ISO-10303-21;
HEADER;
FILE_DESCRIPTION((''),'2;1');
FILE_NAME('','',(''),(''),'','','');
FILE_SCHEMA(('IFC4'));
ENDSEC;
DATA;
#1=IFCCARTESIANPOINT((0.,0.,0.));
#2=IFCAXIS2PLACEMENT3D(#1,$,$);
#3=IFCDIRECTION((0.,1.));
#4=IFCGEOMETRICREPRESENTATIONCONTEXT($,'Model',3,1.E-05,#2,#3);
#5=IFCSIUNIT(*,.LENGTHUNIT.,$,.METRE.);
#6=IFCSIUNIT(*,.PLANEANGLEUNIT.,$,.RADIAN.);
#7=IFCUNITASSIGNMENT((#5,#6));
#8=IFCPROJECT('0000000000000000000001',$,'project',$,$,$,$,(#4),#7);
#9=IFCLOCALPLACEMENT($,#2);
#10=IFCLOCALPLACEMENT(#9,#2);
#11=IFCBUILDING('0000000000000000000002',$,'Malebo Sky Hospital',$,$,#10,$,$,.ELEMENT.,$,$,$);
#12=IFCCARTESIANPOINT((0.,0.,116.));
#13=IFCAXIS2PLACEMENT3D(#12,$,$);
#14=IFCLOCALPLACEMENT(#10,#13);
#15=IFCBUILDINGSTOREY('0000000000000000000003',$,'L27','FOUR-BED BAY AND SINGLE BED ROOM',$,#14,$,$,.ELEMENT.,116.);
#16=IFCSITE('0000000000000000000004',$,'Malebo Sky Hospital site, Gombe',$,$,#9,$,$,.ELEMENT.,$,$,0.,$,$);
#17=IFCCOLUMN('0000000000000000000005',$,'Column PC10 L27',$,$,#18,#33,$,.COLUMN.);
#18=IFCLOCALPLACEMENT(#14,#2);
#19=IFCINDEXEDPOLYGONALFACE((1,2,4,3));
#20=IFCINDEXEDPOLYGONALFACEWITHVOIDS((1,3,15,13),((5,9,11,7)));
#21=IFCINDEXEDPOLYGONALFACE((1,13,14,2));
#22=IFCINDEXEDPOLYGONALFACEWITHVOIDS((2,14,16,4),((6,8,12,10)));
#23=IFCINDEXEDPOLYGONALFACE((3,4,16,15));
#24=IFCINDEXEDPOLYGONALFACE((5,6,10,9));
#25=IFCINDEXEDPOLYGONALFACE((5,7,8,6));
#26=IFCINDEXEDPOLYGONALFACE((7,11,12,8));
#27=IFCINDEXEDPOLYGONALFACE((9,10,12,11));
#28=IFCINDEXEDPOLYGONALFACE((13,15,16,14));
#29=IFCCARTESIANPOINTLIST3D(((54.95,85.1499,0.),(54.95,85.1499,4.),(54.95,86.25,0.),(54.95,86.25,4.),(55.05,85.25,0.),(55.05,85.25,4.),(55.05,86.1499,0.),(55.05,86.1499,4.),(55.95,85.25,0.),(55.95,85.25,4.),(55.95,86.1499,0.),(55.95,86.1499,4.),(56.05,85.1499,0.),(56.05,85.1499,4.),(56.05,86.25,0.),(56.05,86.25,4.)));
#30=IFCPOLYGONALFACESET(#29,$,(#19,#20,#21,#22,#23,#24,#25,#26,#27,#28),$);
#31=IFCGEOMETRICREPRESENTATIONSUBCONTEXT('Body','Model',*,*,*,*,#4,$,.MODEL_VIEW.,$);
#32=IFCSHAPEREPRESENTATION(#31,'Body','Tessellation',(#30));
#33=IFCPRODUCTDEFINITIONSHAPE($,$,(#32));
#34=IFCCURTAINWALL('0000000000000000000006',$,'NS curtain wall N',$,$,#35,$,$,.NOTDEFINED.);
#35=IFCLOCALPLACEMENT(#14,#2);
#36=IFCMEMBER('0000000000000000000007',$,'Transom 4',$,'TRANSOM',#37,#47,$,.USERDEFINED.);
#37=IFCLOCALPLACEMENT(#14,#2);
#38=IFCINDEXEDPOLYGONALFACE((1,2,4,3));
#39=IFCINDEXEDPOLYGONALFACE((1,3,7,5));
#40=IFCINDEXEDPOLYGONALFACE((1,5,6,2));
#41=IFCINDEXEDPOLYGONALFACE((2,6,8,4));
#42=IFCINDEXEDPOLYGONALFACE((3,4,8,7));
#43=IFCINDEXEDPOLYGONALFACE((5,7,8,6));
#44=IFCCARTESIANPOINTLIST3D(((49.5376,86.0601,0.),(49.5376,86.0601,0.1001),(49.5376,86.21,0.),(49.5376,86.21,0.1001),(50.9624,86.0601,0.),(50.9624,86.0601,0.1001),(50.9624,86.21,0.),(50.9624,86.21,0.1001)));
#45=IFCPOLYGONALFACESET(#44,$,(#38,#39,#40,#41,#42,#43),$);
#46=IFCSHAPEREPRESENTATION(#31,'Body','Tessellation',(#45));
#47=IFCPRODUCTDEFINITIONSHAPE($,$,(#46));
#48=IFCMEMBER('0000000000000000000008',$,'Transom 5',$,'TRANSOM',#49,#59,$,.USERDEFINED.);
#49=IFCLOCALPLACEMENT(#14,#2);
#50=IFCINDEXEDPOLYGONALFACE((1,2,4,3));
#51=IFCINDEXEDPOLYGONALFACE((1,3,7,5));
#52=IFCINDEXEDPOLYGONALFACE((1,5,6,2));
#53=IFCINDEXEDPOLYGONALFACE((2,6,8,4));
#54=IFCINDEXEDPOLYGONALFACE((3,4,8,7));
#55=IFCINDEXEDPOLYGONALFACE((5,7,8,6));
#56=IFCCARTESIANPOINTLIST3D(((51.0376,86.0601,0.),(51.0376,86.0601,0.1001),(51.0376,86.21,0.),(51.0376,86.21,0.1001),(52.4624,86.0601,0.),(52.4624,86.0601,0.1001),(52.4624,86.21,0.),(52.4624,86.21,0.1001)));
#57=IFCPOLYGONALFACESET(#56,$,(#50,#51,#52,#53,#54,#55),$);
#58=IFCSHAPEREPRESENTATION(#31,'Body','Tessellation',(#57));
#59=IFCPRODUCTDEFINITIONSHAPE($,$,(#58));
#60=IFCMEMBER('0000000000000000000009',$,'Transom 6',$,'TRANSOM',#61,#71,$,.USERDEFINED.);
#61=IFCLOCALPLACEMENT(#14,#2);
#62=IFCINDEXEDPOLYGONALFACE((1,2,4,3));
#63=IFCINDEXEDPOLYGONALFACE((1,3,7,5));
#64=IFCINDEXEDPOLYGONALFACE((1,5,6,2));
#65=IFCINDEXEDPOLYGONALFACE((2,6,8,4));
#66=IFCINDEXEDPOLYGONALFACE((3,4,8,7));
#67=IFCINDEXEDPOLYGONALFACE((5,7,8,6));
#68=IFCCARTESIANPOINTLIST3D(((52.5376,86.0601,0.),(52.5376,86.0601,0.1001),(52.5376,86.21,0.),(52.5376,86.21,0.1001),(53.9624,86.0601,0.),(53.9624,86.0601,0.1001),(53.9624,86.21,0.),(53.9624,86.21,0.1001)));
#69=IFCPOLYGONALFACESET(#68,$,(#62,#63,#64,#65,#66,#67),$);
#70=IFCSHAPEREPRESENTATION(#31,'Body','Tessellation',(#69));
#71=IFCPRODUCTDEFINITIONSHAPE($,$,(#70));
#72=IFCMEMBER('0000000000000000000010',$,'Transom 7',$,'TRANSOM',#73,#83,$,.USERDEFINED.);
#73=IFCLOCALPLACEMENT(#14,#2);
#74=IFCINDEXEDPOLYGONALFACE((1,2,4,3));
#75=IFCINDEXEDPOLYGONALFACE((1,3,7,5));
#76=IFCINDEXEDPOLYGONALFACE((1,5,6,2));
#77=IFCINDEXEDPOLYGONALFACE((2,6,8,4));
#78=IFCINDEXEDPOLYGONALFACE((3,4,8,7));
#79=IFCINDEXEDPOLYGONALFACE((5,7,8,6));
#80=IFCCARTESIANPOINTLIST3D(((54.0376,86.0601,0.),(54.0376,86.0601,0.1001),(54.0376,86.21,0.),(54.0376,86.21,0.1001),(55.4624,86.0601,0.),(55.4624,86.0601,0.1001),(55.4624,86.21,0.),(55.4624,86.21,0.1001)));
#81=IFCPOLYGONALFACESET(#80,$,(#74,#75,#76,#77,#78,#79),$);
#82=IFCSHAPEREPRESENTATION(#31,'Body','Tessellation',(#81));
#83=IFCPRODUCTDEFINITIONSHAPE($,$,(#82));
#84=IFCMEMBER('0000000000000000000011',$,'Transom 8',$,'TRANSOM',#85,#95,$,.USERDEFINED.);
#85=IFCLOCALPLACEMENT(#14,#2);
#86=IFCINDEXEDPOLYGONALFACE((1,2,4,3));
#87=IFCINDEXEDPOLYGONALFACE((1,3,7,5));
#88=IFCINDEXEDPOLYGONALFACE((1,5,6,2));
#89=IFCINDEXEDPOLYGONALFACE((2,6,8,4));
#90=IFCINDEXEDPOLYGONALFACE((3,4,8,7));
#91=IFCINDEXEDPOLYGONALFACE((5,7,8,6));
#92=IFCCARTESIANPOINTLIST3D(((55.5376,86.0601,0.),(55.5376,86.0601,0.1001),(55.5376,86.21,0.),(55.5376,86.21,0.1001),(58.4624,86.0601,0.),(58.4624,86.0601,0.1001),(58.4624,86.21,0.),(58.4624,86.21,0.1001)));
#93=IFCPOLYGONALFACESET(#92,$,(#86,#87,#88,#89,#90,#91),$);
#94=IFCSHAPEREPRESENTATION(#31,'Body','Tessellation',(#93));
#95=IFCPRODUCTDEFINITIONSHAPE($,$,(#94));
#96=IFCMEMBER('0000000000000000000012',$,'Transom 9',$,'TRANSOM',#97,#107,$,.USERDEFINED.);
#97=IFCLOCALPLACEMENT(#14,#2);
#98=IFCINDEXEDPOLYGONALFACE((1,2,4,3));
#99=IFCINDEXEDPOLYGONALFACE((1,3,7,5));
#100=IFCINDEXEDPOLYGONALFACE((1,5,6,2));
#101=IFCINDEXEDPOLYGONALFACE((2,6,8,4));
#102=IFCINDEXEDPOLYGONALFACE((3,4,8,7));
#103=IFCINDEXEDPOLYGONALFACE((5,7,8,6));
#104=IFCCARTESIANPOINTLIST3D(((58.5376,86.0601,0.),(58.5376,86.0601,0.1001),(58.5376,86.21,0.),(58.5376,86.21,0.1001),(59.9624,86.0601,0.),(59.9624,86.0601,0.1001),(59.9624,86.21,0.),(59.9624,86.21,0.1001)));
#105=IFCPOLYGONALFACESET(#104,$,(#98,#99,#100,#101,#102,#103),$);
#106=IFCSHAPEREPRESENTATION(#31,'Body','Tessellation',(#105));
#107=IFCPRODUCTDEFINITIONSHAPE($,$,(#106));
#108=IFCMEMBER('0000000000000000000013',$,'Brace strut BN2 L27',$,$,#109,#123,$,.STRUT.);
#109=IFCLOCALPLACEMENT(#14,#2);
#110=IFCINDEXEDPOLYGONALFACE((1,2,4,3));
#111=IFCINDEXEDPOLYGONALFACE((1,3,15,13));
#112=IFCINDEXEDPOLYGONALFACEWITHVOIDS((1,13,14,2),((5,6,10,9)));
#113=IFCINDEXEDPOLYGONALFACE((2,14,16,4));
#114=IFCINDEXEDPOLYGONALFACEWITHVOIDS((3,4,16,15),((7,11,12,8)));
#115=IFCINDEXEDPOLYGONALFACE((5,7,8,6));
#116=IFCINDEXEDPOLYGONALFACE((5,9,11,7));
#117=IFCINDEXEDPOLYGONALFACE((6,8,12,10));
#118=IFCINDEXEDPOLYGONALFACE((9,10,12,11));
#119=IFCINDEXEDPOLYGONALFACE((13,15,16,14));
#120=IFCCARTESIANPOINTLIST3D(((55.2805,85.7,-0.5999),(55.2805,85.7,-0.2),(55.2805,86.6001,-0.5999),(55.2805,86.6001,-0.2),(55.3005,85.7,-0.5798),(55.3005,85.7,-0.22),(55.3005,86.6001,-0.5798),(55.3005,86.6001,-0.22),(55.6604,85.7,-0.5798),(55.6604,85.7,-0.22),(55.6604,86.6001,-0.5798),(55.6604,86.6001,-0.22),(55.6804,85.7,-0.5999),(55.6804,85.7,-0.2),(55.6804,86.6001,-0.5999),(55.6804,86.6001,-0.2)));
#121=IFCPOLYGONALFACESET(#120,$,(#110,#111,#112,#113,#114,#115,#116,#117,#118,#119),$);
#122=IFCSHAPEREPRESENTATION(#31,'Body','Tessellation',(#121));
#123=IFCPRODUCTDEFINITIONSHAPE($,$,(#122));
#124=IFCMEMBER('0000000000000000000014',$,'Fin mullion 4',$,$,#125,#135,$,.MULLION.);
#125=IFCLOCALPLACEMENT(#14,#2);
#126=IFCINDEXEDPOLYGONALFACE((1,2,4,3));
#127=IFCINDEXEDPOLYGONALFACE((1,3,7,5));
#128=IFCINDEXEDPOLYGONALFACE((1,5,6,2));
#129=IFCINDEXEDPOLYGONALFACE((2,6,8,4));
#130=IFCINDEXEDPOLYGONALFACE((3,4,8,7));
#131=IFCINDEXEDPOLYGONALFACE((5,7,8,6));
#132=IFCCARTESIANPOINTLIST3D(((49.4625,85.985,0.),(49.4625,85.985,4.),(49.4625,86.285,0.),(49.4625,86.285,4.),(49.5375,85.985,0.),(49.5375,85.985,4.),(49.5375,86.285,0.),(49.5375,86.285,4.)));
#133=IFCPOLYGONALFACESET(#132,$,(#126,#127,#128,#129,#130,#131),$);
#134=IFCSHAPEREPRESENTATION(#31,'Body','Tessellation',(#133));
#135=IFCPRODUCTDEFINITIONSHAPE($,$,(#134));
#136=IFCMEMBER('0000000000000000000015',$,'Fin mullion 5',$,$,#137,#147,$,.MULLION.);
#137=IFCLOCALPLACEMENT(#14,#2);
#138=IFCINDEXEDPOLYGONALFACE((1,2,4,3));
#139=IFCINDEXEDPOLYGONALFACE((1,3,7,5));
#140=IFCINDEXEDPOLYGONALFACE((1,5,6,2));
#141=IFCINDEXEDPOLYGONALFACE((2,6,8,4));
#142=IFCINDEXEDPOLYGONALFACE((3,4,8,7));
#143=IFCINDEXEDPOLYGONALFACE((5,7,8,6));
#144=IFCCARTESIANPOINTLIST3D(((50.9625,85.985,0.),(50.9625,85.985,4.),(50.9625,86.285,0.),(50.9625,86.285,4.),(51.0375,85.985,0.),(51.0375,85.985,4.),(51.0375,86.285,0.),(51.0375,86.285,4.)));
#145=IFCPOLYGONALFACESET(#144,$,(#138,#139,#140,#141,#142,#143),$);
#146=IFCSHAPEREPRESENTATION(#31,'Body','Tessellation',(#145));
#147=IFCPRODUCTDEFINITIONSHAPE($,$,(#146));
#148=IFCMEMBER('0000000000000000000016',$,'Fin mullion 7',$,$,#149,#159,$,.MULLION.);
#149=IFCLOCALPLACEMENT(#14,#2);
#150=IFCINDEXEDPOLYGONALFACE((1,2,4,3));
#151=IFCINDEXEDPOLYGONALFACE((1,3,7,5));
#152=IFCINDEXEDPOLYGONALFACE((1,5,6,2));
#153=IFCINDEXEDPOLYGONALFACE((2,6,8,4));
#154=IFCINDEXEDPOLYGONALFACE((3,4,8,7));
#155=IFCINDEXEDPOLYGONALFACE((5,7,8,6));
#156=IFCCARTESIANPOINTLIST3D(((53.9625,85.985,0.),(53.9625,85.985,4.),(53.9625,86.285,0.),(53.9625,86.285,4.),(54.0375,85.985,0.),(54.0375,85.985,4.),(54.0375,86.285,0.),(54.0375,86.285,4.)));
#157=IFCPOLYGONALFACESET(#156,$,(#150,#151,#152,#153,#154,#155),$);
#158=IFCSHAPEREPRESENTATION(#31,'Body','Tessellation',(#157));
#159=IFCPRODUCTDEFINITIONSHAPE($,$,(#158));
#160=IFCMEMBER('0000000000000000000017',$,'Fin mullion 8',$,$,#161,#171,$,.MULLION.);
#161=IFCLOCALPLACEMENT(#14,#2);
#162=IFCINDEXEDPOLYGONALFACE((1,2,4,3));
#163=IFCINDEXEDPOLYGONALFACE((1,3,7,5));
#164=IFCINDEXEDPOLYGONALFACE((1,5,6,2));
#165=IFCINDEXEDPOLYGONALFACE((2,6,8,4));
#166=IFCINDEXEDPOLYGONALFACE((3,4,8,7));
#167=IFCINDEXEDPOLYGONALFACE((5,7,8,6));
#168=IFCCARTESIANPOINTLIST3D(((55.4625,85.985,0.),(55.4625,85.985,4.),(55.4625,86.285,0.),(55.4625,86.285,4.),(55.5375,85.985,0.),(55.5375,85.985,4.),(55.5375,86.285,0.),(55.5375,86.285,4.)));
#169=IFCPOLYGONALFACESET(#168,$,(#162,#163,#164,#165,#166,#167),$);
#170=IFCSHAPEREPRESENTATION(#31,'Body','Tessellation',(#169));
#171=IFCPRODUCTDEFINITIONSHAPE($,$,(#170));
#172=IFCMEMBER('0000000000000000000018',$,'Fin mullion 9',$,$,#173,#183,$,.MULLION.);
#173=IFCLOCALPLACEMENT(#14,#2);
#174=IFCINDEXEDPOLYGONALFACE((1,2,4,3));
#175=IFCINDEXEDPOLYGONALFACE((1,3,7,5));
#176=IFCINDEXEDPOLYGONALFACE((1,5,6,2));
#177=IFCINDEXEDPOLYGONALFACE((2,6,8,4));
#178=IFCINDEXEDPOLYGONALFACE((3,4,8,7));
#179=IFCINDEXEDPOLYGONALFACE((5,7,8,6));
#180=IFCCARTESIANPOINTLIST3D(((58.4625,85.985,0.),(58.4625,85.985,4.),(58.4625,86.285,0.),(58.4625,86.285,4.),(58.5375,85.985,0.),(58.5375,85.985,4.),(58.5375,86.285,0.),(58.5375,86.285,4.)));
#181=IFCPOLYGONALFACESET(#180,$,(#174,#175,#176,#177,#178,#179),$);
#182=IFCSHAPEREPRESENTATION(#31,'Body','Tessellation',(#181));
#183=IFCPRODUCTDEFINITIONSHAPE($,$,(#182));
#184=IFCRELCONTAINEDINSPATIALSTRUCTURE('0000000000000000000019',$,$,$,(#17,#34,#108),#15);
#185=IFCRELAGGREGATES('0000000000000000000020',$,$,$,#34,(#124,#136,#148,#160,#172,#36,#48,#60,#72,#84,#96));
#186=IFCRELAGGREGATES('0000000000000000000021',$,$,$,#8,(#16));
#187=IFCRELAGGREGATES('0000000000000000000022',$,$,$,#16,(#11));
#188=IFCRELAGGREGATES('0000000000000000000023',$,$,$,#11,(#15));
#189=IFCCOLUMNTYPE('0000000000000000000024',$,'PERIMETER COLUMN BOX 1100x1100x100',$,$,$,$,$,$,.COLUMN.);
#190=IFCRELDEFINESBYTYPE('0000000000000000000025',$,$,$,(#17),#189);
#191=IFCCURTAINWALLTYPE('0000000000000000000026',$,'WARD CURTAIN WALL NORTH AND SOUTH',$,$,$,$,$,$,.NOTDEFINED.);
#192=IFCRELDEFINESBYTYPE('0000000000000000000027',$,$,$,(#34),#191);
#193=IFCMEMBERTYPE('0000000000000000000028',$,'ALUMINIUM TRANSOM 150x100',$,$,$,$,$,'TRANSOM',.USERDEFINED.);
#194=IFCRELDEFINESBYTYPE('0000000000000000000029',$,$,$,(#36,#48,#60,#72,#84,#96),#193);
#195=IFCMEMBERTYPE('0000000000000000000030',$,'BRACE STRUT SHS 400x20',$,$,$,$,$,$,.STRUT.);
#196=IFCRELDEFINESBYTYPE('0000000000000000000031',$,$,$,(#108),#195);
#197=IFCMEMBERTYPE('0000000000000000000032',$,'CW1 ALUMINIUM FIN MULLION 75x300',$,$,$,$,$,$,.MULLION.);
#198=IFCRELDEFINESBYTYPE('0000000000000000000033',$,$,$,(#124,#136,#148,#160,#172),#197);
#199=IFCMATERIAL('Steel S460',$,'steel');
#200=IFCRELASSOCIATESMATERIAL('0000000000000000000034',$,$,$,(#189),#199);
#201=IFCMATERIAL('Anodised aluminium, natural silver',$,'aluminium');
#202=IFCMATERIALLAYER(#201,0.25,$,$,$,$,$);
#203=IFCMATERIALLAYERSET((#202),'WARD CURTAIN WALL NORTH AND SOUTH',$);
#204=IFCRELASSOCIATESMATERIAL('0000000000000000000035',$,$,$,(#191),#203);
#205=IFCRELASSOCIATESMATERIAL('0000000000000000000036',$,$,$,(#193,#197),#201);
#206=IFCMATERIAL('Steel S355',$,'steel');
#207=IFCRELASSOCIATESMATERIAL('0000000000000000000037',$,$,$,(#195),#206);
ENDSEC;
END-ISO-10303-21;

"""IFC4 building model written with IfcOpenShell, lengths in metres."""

from ifc_helpers import new_model, si_unit, direction, frame, origin, origin_2d, place, context, subcontext, project, spatial, rectangle, hollow_rectangle, extrude, material, layer, layer_set, material_profile, profile_set, type_object, element, aggregate, save


model = new_model("IFC4")

# Units and contexts
model_context = context("Model", 3, precision=1e-05, world=origin(), true_north=direction((0.0, 1.0)))
body_context = subcontext(model_context, "Body", "Model", "MODEL_VIEW")
ifc_project = project(units=[si_unit("LENGTHUNIT", "METRE"), si_unit("PLANEANGLEUNIT", "RADIAN")], contexts=[model_context])

# Site, building, storey
site_placement = place(None, origin())
site = spatial("IfcSite", under=ifc_project, at=site_placement, Name="Malebo Sky Hospital site, Gombe", CompositionType="ELEMENT", RefElevation=0.0)
building_placement = place(site_placement, origin())
building = spatial("IfcBuilding", under=site, at=building_placement, Name="Malebo Sky Hospital", CompositionType="ELEMENT")
storey_placement = place(building_placement, frame((0.0, 0.0, 116.0)))
storey = spatial("IfcBuildingStorey", under=building, at=storey_placement, Name="L27", Description="FOUR-BED BAY AND SINGLE BED ROOM", CompositionType="ELEMENT", Elevation=116.0)

# Column
ifc_material_1 = material(Name="Steel S460", Category="steel")
ifc_material_profile_1 = material_profile(ifc_material_1, hollow_rectangle(XDim=1.1001, YDim=1.1001, WallThickness=0.1001, at=origin_2d()), Name="BOX 1100x1100x100")
ifc_profile_set_1 = profile_set([ifc_material_profile_1], Name="Steel S460")
column_type = type_object("IfcColumnType", Name="PERIMETER COLUMN BOX 1100x1100x100", PredefinedType="COLUMN", material=ifc_profile_set_1)
column_placement = place(storey_placement, frame((55.5, 85.7, 0.0), z_axis=(0.0, 0.0, 1.0), x_axis=(1.0, 0.0, 0.0)))
element("IfcColumn", 1, at=column_placement, inside=storey, type_object=column_type, Name="Column PC10 L27", PredefinedType="COLUMN", context=body_context, shape_type="SweptSolid", body=[
    extrude(hollow_rectangle(XDim=1.1001, YDim=1.1001, WallThickness=0.1001, at=origin_2d()), origin(), (0.0, 0.0, 1.0), 4.0),
])

# Curtain wall, members
ifc_material_2 = material(Name="Anodised aluminium, natural silver", Category="aluminium")
ifc_layer_1 = layer(ifc_material_2, 0.25)
ifc_layer_set_1 = layer_set([ifc_layer_1], Name="WARD CURTAIN WALL NORTH AND SOUTH")
curtain_wall_type = type_object("IfcCurtainWallType", Name="WARD CURTAIN WALL NORTH AND SOUTH", PredefinedType="NOTDEFINED", material=ifc_layer_set_1)
curtain_wall_placement = place(storey_placement, origin())
curtain_wall = element("IfcCurtainWall", 2, at=curtain_wall_placement, inside=storey, type_object=curtain_wall_type, Name="NS curtain wall N", PredefinedType="NOTDEFINED")
ifc_material_profile_2 = material_profile(ifc_material_2, rectangle(XDim=0.1499, YDim=0.1001, at=origin_2d()), Name="ALUMINIUM TRANSOM 150x100")
ifc_profile_set_2 = profile_set([ifc_material_profile_2], Name="Anodised aluminium, natural silver")
member_type_1 = type_object("IfcMemberType", Name="ALUMINIUM TRANSOM 150x100", ElementType="TRANSOM", PredefinedType="USERDEFINED", material=ifc_profile_set_2)
member_1_placement = place(storey_placement, frame((49.5376, 86.135, 0.05), z_axis=(1.0, 0.0, 0.0), x_axis=(0.0, 1.0, 0.0)))
member_1 = element("IfcMember", 3, at=member_1_placement, type_object=member_type_1, Name="Transom 4", ObjectType="TRANSOM", PredefinedType="USERDEFINED", context=body_context, shape_type="SweptSolid", body=[
    extrude(rectangle(XDim=0.1499, YDim=0.1001, at=origin_2d()), origin(), (0.0, 0.0, 1.0), 1.4248),
])
member_2_placement = place(storey_placement, frame((51.0376, 86.135, 0.05), z_axis=(1.0, 0.0, 0.0), x_axis=(0.0, 1.0, 0.0)))
member_2 = element("IfcMember", 4, at=member_2_placement, type_object=member_type_1, Name="Transom 5", ObjectType="TRANSOM", PredefinedType="USERDEFINED", context=body_context, shape_type="SweptSolid", body=[
    extrude(rectangle(XDim=0.1499, YDim=0.1001, at=origin_2d()), origin(), (0.0, 0.0, 1.0), 1.4248),
])
member_3_placement = place(storey_placement, frame((52.5376, 86.135, 0.05), z_axis=(1.0, 0.0, 0.0), x_axis=(0.0, 1.0, 0.0)))
member_3 = element("IfcMember", 5, at=member_3_placement, type_object=member_type_1, Name="Transom 6", ObjectType="TRANSOM", PredefinedType="USERDEFINED", context=body_context, shape_type="SweptSolid", body=[
    extrude(rectangle(XDim=0.1499, YDim=0.1001, at=origin_2d()), origin(), (0.0, 0.0, 1.0), 1.4248),
])
member_4_placement = place(storey_placement, frame((54.0376, 86.135, 0.05), z_axis=(1.0, 0.0, 0.0), x_axis=(0.0, 1.0, 0.0)))
member_4 = element("IfcMember", 6, at=member_4_placement, type_object=member_type_1, Name="Transom 7", ObjectType="TRANSOM", PredefinedType="USERDEFINED", context=body_context, shape_type="SweptSolid", body=[
    extrude(rectangle(XDim=0.1499, YDim=0.1001, at=origin_2d()), origin(), (0.0, 0.0, 1.0), 1.4248),
])
member_5_placement = place(storey_placement, frame((55.5376, 86.135, 0.05), z_axis=(1.0, 0.0, 0.0), x_axis=(0.0, 1.0, 0.0)))
member_5 = element("IfcMember", 7, at=member_5_placement, type_object=member_type_1, Name="Transom 8", ObjectType="TRANSOM", PredefinedType="USERDEFINED", context=body_context, shape_type="SweptSolid", body=[
    extrude(rectangle(XDim=0.1499, YDim=0.1001, at=origin_2d()), origin(), (0.0, 0.0, 1.0), 2.9248),
])
member_6_placement = place(storey_placement, frame((58.5376, 86.135, 0.05), z_axis=(1.0, 0.0, 0.0), x_axis=(0.0, 1.0, 0.0)))
member_6 = element("IfcMember", 8, at=member_6_placement, type_object=member_type_1, Name="Transom 9", ObjectType="TRANSOM", PredefinedType="USERDEFINED", context=body_context, shape_type="SweptSolid", body=[
    extrude(rectangle(XDim=0.1499, YDim=0.1001, at=origin_2d()), origin(), (0.0, 0.0, 1.0), 1.4248),
])

# Members
ifc_material_3 = material(Name="Steel S355", Category="steel")
ifc_material_profile_3 = material_profile(ifc_material_3, hollow_rectangle(XDim=0.3999, YDim=0.3999, WallThickness=0.02, at=origin_2d()), Name="SHS 400x20")
ifc_profile_set_3 = profile_set([ifc_material_profile_3], Name="Steel S355")
member_type_2 = type_object("IfcMemberType", Name="BRACE STRUT SHS 400x20", PredefinedType="STRUT", material=ifc_profile_set_3)
member_7_placement = place(storey_placement, frame((55.4805, 86.6001, -0.3999), z_axis=(0.0, -1.0, 0.0), x_axis=(1.0, 0.0, 0.0)))
element("IfcMember", 9, at=member_7_placement, inside=storey, type_object=member_type_2, Name="Brace strut BN2 L27", PredefinedType="STRUT", context=body_context, shape_type="SweptSolid", body=[
    extrude(hollow_rectangle(XDim=0.3999, YDim=0.3999, WallThickness=0.02, at=origin_2d()), origin(), (0.0, 0.0, 1.0), 0.9001),
])
ifc_material_profile_4 = material_profile(ifc_material_2, rectangle(XDim=0.075, YDim=0.3, at=origin_2d()), Name="CW1 ALUMINIUM FIN MULLION 75x300")
ifc_profile_set_4 = profile_set([ifc_material_profile_4], Name="Anodised aluminium, natural silver")
member_type_3 = type_object("IfcMemberType", Name="CW1 ALUMINIUM FIN MULLION 75x300", PredefinedType="MULLION", material=ifc_profile_set_4)
member_8_placement = place(storey_placement, frame((49.5, 86.135, 0.0), z_axis=(0.0, 0.0, 1.0), x_axis=(1.0, 0.0, 0.0)))
member_8 = element("IfcMember", 10, at=member_8_placement, type_object=member_type_3, Name="Fin mullion 4", PredefinedType="MULLION", context=body_context, shape_type="SweptSolid", body=[
    extrude(rectangle(XDim=0.075, YDim=0.3, at=origin_2d()), origin(), (0.0, 0.0, 1.0), 4.0),
])
member_9_placement = place(storey_placement, frame((51.0, 86.135, 0.0), z_axis=(0.0, 0.0, 1.0), x_axis=(1.0, 0.0, 0.0)))
member_9 = element("IfcMember", 11, at=member_9_placement, type_object=member_type_3, Name="Fin mullion 5", PredefinedType="MULLION", context=body_context, shape_type="SweptSolid", body=[
    extrude(rectangle(XDim=0.075, YDim=0.3, at=origin_2d()), origin(), (0.0, 0.0, 1.0), 4.0),
])
member_10_placement = place(storey_placement, frame((54.0, 86.135, 0.0), z_axis=(0.0, 0.0, 1.0), x_axis=(1.0, 0.0, 0.0)))
member_10 = element("IfcMember", 12, at=member_10_placement, type_object=member_type_3, Name="Fin mullion 7", PredefinedType="MULLION", context=body_context, shape_type="SweptSolid", body=[
    extrude(rectangle(XDim=0.075, YDim=0.3, at=origin_2d()), origin(), (0.0, 0.0, 1.0), 4.0),
])
member_11_placement = place(storey_placement, frame((55.5, 86.135, 0.0), z_axis=(0.0, 0.0, 1.0), x_axis=(1.0, 0.0, 0.0)))
member_11 = element("IfcMember", 13, at=member_11_placement, type_object=member_type_3, Name="Fin mullion 8", PredefinedType="MULLION", context=body_context, shape_type="SweptSolid", body=[
    extrude(rectangle(XDim=0.075, YDim=0.3, at=origin_2d()), origin(), (0.0, 0.0, 1.0), 4.0),
])
member_12_placement = place(storey_placement, frame((58.5, 86.135, 0.0), z_axis=(0.0, 0.0, 1.0), x_axis=(1.0, 0.0, 0.0)))
member_12 = element("IfcMember", 14, at=member_12_placement, type_object=member_type_3, Name="Fin mullion 9", PredefinedType="MULLION", context=body_context, shape_type="SweptSolid", body=[
    extrude(rectangle(XDim=0.075, YDim=0.3, at=origin_2d()), origin(), (0.0, 0.0, 1.0), 4.0),
])

aggregate(curtain_wall, [member_8, member_9, member_10, member_11, member_12, member_1, member_2, member_3, member_4, member_5, member_6])

save(model, "model.ifc")
